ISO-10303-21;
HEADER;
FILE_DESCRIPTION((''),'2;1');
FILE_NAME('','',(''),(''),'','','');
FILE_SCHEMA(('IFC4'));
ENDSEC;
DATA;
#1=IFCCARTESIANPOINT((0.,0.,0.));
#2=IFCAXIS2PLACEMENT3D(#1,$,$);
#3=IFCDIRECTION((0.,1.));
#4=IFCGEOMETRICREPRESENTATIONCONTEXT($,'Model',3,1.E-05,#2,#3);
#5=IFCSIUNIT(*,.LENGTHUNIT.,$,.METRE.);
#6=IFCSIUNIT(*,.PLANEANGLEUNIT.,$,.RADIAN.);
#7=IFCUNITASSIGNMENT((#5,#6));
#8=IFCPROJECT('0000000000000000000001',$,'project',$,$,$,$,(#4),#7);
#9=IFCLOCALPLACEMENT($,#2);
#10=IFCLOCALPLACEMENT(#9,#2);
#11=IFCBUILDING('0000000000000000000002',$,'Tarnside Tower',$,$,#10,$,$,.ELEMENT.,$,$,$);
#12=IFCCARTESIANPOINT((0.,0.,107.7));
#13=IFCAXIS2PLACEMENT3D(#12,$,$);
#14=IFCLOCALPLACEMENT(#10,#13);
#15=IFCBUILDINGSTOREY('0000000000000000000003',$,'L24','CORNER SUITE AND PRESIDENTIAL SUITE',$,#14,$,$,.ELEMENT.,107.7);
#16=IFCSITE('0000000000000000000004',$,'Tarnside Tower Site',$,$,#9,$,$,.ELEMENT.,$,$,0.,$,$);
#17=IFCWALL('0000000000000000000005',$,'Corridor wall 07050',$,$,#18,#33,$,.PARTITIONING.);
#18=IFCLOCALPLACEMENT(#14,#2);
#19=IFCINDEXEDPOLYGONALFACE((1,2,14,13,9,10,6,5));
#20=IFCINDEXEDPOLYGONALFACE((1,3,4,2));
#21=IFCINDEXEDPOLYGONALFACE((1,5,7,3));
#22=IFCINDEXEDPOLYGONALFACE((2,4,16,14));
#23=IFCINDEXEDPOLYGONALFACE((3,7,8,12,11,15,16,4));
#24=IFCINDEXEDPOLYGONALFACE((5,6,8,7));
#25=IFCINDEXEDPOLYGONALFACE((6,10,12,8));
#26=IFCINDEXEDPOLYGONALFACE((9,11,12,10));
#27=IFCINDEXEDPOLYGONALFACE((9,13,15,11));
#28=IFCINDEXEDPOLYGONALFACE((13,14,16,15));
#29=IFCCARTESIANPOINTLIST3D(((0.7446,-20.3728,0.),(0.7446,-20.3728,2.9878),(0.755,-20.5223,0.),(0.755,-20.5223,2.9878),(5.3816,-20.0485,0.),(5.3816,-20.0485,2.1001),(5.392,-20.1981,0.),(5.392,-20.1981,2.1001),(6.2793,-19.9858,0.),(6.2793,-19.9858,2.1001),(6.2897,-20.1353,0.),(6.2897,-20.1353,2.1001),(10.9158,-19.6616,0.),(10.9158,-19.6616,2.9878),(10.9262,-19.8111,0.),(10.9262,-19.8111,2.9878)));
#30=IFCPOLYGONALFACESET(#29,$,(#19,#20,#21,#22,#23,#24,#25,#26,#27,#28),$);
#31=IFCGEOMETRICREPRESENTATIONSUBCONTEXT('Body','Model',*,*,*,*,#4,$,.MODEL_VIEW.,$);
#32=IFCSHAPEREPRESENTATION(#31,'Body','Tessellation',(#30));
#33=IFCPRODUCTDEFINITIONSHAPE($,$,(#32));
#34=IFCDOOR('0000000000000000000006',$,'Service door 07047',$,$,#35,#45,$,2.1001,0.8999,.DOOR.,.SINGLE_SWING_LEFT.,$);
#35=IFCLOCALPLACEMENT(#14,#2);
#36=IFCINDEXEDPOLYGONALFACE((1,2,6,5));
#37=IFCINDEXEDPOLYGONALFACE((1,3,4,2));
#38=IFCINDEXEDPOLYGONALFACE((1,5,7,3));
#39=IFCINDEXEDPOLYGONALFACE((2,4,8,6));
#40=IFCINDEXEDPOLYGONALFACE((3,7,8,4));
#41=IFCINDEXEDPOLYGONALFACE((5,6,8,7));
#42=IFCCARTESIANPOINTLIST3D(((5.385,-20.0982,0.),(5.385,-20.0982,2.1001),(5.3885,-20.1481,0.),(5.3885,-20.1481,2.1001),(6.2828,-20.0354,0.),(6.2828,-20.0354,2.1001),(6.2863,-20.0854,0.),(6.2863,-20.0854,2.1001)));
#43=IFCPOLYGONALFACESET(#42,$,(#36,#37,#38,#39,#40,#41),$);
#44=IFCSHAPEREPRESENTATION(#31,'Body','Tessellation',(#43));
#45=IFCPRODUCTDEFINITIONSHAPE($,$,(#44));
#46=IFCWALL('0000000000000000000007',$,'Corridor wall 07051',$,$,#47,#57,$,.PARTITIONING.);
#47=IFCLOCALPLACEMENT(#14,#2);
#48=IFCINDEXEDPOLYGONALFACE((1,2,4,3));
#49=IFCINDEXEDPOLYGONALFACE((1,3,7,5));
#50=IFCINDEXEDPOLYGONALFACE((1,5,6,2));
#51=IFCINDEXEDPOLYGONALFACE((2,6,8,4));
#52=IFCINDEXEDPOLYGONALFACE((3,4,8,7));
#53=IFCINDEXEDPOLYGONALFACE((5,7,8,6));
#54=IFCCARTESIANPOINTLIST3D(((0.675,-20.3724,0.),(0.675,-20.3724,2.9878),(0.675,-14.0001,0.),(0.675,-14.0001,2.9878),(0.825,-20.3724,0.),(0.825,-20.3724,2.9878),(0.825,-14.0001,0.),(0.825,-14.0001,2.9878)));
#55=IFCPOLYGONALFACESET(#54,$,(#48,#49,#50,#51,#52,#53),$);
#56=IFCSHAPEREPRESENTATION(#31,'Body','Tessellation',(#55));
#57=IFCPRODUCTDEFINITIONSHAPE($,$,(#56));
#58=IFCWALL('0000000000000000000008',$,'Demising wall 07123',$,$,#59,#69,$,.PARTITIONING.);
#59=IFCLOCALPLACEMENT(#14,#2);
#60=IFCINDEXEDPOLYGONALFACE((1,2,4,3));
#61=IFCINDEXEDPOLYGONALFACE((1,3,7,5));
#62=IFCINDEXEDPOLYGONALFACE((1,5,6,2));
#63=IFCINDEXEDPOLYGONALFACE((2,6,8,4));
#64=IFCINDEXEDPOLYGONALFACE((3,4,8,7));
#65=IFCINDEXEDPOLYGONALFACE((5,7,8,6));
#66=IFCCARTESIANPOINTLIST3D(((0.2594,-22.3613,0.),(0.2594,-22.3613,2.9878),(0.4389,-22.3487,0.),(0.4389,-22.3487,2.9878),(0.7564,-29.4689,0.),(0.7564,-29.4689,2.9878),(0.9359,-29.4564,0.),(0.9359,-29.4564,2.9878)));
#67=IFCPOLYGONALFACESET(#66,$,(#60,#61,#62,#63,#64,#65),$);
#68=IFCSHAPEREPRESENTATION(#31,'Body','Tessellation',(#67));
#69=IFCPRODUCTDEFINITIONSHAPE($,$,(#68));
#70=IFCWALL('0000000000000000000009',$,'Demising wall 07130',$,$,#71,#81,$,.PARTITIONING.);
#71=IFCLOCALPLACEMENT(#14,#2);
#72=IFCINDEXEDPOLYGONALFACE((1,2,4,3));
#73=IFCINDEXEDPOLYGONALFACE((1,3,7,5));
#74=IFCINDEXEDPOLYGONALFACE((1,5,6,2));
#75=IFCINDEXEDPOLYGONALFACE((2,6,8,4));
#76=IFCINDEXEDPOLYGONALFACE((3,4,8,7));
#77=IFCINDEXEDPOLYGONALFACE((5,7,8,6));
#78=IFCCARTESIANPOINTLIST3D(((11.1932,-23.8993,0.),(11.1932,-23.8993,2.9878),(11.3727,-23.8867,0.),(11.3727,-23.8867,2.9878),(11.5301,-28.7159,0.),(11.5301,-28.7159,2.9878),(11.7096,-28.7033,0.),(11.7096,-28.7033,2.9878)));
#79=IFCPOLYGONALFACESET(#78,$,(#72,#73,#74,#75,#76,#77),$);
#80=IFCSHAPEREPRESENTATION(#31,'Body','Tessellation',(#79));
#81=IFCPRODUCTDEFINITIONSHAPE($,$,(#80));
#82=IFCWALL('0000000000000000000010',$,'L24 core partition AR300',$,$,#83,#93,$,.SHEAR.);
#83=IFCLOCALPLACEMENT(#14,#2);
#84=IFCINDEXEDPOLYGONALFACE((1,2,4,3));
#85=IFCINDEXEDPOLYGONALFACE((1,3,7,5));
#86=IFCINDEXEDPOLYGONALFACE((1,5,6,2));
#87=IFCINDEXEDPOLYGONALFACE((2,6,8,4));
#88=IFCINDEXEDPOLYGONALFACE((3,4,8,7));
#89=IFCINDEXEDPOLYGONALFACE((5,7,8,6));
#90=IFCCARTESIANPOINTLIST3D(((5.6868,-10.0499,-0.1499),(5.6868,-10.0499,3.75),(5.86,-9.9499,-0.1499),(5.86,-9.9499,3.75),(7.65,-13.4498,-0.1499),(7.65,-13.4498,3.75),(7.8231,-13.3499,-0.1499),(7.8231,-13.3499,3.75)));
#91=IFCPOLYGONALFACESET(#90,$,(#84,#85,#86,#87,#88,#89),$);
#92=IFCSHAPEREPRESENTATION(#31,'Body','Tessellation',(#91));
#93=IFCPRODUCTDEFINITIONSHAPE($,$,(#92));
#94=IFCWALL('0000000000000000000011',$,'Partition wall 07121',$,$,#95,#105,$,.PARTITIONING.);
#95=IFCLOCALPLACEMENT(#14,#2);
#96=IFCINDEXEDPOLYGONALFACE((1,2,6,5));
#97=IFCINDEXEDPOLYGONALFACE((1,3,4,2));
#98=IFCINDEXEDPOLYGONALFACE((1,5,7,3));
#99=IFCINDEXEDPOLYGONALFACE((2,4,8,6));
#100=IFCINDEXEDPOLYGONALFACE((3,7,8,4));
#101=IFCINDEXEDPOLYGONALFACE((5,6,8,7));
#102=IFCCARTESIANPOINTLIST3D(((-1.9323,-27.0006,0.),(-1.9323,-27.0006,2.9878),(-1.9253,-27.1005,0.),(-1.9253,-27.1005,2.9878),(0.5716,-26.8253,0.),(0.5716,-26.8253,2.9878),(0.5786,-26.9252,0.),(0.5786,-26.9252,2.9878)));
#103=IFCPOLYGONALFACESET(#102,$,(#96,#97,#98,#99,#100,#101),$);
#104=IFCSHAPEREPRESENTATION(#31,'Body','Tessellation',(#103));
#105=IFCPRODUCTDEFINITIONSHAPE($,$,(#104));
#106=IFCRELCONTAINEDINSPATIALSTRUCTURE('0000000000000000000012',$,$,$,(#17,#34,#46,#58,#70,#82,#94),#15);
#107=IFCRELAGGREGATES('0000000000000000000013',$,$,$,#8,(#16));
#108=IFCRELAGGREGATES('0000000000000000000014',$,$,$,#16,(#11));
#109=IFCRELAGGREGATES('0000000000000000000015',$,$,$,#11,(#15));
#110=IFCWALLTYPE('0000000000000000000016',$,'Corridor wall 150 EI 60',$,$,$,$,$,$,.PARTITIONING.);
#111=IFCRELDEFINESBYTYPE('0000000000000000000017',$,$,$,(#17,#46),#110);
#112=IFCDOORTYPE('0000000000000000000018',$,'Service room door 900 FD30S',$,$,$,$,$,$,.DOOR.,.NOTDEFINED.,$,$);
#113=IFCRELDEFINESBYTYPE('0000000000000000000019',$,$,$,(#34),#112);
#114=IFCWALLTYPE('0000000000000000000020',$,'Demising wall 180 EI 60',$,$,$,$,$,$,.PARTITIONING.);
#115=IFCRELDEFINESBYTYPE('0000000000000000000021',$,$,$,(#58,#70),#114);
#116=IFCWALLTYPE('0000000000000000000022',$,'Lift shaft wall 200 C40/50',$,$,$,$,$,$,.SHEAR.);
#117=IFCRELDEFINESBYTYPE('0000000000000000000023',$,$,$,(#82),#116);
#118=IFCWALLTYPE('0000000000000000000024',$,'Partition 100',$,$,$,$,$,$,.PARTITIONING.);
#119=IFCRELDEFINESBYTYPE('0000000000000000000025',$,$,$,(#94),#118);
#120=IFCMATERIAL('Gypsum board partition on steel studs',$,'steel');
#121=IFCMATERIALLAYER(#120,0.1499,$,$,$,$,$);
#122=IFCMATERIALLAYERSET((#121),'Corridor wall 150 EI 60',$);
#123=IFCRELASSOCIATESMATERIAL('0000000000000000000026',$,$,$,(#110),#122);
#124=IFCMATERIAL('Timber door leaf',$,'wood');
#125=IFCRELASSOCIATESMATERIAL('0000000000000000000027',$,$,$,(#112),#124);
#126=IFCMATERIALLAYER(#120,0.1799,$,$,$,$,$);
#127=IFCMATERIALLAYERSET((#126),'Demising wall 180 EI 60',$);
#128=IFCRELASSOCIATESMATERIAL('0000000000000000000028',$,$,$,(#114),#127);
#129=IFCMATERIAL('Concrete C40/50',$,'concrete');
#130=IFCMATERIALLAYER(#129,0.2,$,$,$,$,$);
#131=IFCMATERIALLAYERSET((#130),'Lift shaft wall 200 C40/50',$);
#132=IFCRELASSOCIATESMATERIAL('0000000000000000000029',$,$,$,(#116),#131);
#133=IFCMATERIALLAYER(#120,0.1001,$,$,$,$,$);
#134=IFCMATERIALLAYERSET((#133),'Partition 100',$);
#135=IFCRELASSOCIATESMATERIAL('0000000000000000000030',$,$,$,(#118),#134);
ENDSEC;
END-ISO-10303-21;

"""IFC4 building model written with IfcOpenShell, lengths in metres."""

from ifc_helpers import new_model, si_unit, direction, frame, frame_2d, origin, place, context, subcontext, project, spatial, rectangle, extrude, material, layer, layer_set, type_object, element, fill, save


model = new_model("IFC4")

# Units and contexts
model_context = context("Model", 3, precision=1e-05, world=origin(), true_north=direction((0.0, 1.0)))
body_context = subcontext(model_context, "Body", "Model", "MODEL_VIEW")
ifc_project = project(units=[si_unit("LENGTHUNIT", "METRE"), si_unit("PLANEANGLEUNIT", "RADIAN")], contexts=[model_context])

# Site, building, storey
site_placement = place(None, origin())
site = spatial("IfcSite", under=ifc_project, at=site_placement, Name="Tarnside Tower Site", CompositionType="ELEMENT", RefElevation=0.0)
building_placement = place(site_placement, origin())
building = spatial("IfcBuilding", under=site, at=building_placement, Name="Tarnside Tower", CompositionType="ELEMENT")
storey_placement = place(building_placement, frame((0.0, 0.0, 107.7)))
storey = spatial("IfcBuildingStorey", under=building, at=storey_placement, Name="L24", Description="CORNER SUITE AND PRESIDENTIAL SUITE", CompositionType="ELEMENT", Elevation=107.7)

# Shared definitions
ifc_material_1 = material(Name="Gypsum board partition on steel studs", Category="steel")
ifc_material_2 = material(Name="Timber door leaf", Category="wood")

# Shared definitions
ifc_layer_1 = layer(ifc_material_1, 0.1499)
ifc_layer_set_1 = layer_set([ifc_layer_1], Name="Corridor wall 150 EI 60")
wall_type_1 = type_object("IfcWallType", Name="Corridor wall 150 EI 60", PredefinedType="PARTITIONING", material=ifc_layer_set_1)

# Wall, opening, door
wall_1_placement = place(storey_placement, frame((10.9211, -19.7363, 0.0), z_axis=(0.0, 0.0, 1.0), x_axis=(-0.997564, -0.069751, 0.0)))
wall_1 = element("IfcWall", 1, at=wall_1_placement, inside=storey, type_object=wall_type_1, Name="Corridor wall 07050", PredefinedType="PARTITIONING", context=body_context, shape_type="SweptSolid", body=[
    extrude(rectangle(XDim=10.196, YDim=0.1499, at=frame_2d((5.0981, 0.0))), origin(), (0.0, 0.0, 1.0), 2.9878),
])
opening_1_placement = place(wall_1_placement, frame((4.6479, 0.0, 0.0)))
opening_1 = element("IfcOpeningElement", 2, at=opening_1_placement, cuts=wall_1, PredefinedType="OPENING", context=body_context, shape_type="SweptSolid", body=[
    extrude(rectangle(XDim=0.8999, YDim=2.1001, at=frame_2d((0.45, 1.05))), frame((0.0, 0.085, 0.0), z_axis=(0.0, -1.0, 0.0), x_axis=(1.0, 0.0, 0.0)), (0.0, 0.0, 1.0), 0.1699),
])
door_type_1 = type_object("IfcDoorType", Name="Service room door 900 FD30S", OperationType="NOTDEFINED", PredefinedType="DOOR", material=ifc_material_2)
door_1_placement = place(opening_1_placement, origin())
door_1 = element("IfcDoor", 3, at=door_1_placement, inside=storey, type_object=door_type_1, Name="Service door 07047", OperationType="SINGLE_SWING_LEFT", OverallHeight=2.1001, OverallWidth=0.8999, PredefinedType="DOOR", context=body_context, shape_type="SweptSolid", body=[
    extrude(rectangle(XDim=0.8999, YDim=2.1001, at=frame_2d((0.45, 1.05))), frame((0.0, 0.0249, 0.0), z_axis=(0.0, -1.0, 0.0), x_axis=(1.0, 0.0, 0.0)), (0.0, 0.0, 1.0), 0.05),
])
fill(opening_1, door_1)

# Walls
wall_2_placement = place(storey_placement, frame((0.75, -20.3723, 0.0), z_axis=(0.0, 0.0, 1.0), x_axis=(0.0, 1.0, 0.0)))
element("IfcWall", 4, at=wall_2_placement, inside=storey, type_object=wall_type_1, Name="Corridor wall 07051", PredefinedType="PARTITIONING", context=body_context, shape_type="SweptSolid", body=[
    extrude(rectangle(XDim=6.3723, YDim=0.1499, at=frame_2d((3.186, 0.0))), origin(), (0.0, 0.0, 1.0), 2.9878),
])
ifc_layer_2 = layer(ifc_material_1, 0.1799)
ifc_layer_set_2 = layer_set([ifc_layer_2], Name="Demising wall 180 EI 60")
wall_type_2 = type_object("IfcWallType", Name="Demising wall 180 EI 60", PredefinedType="PARTITIONING", material=ifc_layer_set_2)
wall_3_placement = place(storey_placement, frame((0.8462, -29.4626, 0.0), z_axis=(0.0, 0.0, 1.0), x_axis=(-0.069764, 0.997564, 0.0)))
element("IfcWall", 5, at=wall_3_placement, inside=storey, type_object=wall_type_2, Name="Demising wall 07123", PredefinedType="PARTITIONING", context=body_context, shape_type="SweptSolid", body=[
    extrude(rectangle(XDim=7.125, YDim=0.1799, at=frame_2d((3.5625, 0.0))), origin(), (0.0, 0.0, 1.0), 2.9878),
])
wall_4_placement = place(storey_placement, frame((11.6199, -28.7095, 0.0), z_axis=(0.0, 0.0, 1.0), x_axis=(-0.069777, 0.997563, 0.0)))
element("IfcWall", 6, at=wall_4_placement, inside=storey, type_object=wall_type_2, Name="Demising wall 07130", PredefinedType="PARTITIONING", context=body_context, shape_type="SweptSolid", body=[
    extrude(rectangle(XDim=4.8284, YDim=0.1799, at=frame_2d((2.4141, 0.0))), origin(), (0.0, 0.0, 1.0), 2.9878),
])
ifc_material_3 = material(Name="Concrete C40/50", Category="concrete")
ifc_layer_3 = layer(ifc_material_3, 0.2)
ifc_layer_set_3 = layer_set([ifc_layer_3], Name="Lift shaft wall 200 C40/50")
wall_type_3 = type_object("IfcWallType", Name="Lift shaft wall 200 C40/50", PredefinedType="SHEAR", material=ifc_layer_set_3)
wall_5_placement = place(storey_placement, frame((5.7734, -10.0, -0.1499), z_axis=(0.0, 0.0, 1.0), x_axis=(0.500038, -0.866003, 0.0)))
element("IfcWall", 7, at=wall_5_placement, inside=storey, type_object=wall_type_3, Name="L24 core partition AR300", PredefinedType="SHEAR", context=body_context, shape_type="SweptSolid", body=[
    extrude(rectangle(XDim=3.926, YDim=0.2, at=frame_2d((1.9629, 0.0))), origin(), (0.0, 0.0, 1.0), 3.8999),
])
ifc_layer_4 = layer(ifc_material_1, 0.1001)
ifc_layer_set_4 = layer_set([ifc_layer_4], Name="Partition 100")
wall_type_4 = type_object("IfcWallType", Name="Partition 100", PredefinedType="PARTITIONING", material=ifc_layer_set_4)
wall_6_placement = place(storey_placement, frame((0.575, -26.8752, 0.0), z_axis=(0.0, 0.0, 1.0), x_axis=(-0.997558, -0.069837, 0.0)))
element("IfcWall", 8, at=wall_6_placement, inside=storey, type_object=wall_type_4, Name="Partition wall 07121", PredefinedType="PARTITIONING", context=body_context, shape_type="SweptSolid", body=[
    extrude(rectangle(XDim=2.51, YDim=0.1001, at=frame_2d((1.2549, 0.0))), origin(), (0.0, 0.0, 1.0), 2.9878),
])

save(model, "model.ifc")
